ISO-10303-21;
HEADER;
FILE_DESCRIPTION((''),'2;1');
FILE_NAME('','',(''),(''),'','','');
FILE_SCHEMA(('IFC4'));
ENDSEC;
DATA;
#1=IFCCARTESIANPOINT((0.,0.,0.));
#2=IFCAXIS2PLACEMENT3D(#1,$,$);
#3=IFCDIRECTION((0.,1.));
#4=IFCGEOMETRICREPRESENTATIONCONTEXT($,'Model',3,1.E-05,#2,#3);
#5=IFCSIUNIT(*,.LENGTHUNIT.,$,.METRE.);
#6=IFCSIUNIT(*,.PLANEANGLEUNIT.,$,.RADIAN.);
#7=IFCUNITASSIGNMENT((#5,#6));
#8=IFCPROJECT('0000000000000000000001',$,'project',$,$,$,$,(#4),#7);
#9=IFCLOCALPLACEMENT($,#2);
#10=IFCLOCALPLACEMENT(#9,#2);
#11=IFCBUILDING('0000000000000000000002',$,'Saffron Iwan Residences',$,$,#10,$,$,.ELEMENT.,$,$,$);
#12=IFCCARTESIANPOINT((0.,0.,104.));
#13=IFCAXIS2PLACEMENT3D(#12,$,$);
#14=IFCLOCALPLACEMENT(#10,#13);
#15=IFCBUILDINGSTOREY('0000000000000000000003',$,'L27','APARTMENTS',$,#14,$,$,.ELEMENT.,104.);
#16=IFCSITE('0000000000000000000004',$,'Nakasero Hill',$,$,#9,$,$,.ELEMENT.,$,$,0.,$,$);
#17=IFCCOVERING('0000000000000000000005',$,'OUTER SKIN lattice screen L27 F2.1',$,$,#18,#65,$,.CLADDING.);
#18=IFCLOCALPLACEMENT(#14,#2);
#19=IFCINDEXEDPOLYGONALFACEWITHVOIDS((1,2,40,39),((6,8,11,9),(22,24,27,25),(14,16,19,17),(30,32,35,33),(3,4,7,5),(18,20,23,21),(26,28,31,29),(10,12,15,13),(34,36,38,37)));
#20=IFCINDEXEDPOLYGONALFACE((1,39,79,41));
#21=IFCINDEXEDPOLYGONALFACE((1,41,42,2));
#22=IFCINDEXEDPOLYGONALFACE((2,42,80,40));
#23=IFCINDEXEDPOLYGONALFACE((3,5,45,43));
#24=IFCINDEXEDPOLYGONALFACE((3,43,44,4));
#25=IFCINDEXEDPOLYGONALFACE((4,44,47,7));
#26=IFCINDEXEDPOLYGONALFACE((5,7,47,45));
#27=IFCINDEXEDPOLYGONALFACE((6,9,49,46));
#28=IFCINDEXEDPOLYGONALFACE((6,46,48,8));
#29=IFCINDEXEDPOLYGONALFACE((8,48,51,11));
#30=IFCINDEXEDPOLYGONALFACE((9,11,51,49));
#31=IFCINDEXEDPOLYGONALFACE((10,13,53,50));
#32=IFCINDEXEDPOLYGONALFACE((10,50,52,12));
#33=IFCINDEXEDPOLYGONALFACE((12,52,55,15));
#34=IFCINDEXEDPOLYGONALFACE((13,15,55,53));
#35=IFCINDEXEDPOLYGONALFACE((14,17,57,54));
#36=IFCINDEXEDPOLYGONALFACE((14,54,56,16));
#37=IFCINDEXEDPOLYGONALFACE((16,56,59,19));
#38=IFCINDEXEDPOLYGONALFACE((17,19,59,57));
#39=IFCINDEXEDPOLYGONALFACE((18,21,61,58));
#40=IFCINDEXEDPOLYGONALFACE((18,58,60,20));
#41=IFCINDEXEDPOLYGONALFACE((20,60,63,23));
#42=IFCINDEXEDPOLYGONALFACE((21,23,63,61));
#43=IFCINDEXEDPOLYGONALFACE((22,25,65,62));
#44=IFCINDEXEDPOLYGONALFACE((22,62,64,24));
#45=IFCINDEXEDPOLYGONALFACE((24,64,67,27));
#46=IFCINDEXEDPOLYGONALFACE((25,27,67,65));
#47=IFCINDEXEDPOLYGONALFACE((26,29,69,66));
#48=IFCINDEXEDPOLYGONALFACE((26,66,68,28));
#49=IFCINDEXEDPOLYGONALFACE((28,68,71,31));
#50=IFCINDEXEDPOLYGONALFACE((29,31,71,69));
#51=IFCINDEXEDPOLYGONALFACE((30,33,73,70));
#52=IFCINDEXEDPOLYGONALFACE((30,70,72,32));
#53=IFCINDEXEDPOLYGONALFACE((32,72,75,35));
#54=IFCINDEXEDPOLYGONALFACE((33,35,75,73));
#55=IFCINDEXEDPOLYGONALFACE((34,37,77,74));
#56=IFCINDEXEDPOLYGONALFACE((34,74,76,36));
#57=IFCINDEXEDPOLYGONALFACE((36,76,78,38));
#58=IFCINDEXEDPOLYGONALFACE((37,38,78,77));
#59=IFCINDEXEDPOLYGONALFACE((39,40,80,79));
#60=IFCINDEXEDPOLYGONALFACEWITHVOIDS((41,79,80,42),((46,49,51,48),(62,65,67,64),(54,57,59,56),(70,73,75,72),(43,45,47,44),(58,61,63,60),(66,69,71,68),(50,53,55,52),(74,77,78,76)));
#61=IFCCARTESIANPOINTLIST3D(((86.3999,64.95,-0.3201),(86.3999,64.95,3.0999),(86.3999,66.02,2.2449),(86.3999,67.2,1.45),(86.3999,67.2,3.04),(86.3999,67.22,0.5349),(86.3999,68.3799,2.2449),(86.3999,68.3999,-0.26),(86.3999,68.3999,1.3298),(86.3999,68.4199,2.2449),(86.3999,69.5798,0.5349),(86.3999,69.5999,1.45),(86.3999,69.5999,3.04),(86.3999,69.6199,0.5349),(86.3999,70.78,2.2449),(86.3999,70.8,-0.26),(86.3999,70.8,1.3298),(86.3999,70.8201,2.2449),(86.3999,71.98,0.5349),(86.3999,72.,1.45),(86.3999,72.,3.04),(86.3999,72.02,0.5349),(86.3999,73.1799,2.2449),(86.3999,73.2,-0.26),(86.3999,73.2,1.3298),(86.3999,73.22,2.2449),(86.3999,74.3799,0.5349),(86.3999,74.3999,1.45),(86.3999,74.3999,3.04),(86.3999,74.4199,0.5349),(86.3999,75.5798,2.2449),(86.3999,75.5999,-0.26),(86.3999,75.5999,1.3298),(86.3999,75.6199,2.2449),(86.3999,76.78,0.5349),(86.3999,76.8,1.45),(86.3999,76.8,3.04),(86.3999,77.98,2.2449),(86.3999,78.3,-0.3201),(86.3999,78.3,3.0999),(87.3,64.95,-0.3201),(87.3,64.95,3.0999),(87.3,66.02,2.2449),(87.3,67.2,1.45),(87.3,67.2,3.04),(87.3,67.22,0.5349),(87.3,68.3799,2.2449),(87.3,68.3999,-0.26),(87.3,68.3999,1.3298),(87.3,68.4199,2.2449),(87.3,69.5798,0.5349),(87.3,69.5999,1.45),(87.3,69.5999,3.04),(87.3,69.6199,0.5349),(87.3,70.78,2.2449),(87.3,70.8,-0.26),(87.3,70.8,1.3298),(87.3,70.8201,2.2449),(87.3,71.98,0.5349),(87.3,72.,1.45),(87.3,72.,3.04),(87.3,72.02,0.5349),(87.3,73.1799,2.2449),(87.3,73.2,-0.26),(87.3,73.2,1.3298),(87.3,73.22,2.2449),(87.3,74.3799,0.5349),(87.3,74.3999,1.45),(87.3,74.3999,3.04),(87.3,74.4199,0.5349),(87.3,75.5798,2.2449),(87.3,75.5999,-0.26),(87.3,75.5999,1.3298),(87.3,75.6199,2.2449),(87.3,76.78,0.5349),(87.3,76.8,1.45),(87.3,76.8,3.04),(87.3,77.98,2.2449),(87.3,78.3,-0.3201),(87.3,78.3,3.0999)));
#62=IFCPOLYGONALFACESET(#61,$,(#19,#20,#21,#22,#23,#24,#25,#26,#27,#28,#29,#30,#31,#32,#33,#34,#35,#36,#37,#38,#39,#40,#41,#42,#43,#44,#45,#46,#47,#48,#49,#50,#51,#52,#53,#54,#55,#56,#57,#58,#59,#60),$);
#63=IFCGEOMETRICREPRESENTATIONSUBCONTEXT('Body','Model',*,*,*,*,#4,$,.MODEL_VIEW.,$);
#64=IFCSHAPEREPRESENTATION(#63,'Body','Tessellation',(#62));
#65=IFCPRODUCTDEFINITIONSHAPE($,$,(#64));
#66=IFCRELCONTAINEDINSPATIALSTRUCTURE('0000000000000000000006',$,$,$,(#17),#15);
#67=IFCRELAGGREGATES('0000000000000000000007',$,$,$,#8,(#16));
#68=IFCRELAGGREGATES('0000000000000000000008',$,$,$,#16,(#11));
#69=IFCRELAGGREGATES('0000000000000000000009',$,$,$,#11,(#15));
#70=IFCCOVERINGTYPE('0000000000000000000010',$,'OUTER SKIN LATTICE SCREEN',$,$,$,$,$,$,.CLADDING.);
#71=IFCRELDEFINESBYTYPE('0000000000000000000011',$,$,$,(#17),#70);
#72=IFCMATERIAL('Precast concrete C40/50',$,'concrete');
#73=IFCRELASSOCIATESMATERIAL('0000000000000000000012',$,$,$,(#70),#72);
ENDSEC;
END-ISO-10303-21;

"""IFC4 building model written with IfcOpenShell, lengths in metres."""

from ifc_helpers import new_model, si_unit, direction, frame, origin, place, context, subcontext, project, spatial, polyline, outline, extrude, material, type_object, element, save


model = new_model("IFC4")

# Units and contexts
model_context = context("Model", 3, precision=1e-05, world=origin(), true_north=direction((0.0, 1.0)))
body_context = subcontext(model_context, "Body", "Model", "MODEL_VIEW")
ifc_project = project(units=[si_unit("LENGTHUNIT", "METRE"), si_unit("PLANEANGLEUNIT", "RADIAN")], contexts=[model_context])

# Site, building, storey
site_placement = place(None, origin())
site = spatial("IfcSite", under=ifc_project, at=site_placement, Name="Nakasero Hill", CompositionType="ELEMENT", RefElevation=0.0)
building_placement = place(site_placement, origin())
building = spatial("IfcBuilding", under=site, at=building_placement, Name="Saffron Iwan Residences", CompositionType="ELEMENT")
storey_placement = place(building_placement, frame((0.0, 0.0, 104.0)))
storey = spatial("IfcBuildingStorey", under=building, at=storey_placement, Name="L27", Description="APARTMENTS", CompositionType="ELEMENT", Elevation=104.0)

# Covering
ifc_material_1 = material(Name="Precast concrete C40/50", Category="concrete")
covering_type = type_object("IfcCoveringType", Name="OUTER SKIN LATTICE SCREEN", PredefinedType="CLADDING", material=ifc_material_1)
covering_placement = place(storey_placement, frame((86.3999, 64.95, -0.3201), z_axis=(1.0, 0.0, 0.0), x_axis=(0.0, 1.0, 0.0)))
element("IfcCovering", 1, at=covering_placement, inside=storey, type_object=covering_type, Name="OUTER SKIN lattice screen L27 F2.1", PredefinedType="CLADDING", context=body_context, shape_type="SweptSolid", body=[
    extrude(outline(polyline([(0.0, 0.0), (13.3501, 0.0), (13.3501, 3.4199), (0.0, 3.4199), (0.0, 0.0)]), holes=[polyline([(2.27, 0.855), (3.45, 0.0601), (4.6299, 0.855), (3.45, 1.6499), (2.27, 0.855)]), polyline([(4.6699, 0.855), (5.8501, 0.0601), (7.03, 0.855), (5.8501, 1.6499), (4.6699, 0.855)]), polyline([(7.0701, 0.855), (8.25, 0.0601), (9.4299, 0.855), (8.25, 1.6499), (7.0701, 0.855)]), polyline([(9.47, 0.855), (10.6499, 0.0601), (11.8301, 0.855), (10.6499, 1.6499), (9.47, 0.855)]), polyline([(1.0701, 2.5649), (2.25, 1.77), (3.4299, 2.5649), (2.25, 3.3601), (1.0701, 2.5649)]), polyline([(3.47, 2.5649), (4.6499, 1.77), (5.8301, 2.5649), (4.6499, 3.3601), (3.47, 2.5649)]), polyline([(5.8701, 2.5649), (7.05, 1.77), (8.23, 2.5649), (7.05, 3.3601), (5.8701, 2.5649)]), polyline([(8.27, 2.5649), (9.45, 1.77), (10.6299, 2.5649), (9.45, 3.3601), (8.27, 2.5649)]), polyline([(10.6699, 2.5649), (11.8501, 1.77), (13.03, 2.5649), (11.8501, 3.3601), (10.6699, 2.5649)])]), origin(), (0.0, 0.0, 1.0), 0.9001),
])

save(model, "model.ifc")
